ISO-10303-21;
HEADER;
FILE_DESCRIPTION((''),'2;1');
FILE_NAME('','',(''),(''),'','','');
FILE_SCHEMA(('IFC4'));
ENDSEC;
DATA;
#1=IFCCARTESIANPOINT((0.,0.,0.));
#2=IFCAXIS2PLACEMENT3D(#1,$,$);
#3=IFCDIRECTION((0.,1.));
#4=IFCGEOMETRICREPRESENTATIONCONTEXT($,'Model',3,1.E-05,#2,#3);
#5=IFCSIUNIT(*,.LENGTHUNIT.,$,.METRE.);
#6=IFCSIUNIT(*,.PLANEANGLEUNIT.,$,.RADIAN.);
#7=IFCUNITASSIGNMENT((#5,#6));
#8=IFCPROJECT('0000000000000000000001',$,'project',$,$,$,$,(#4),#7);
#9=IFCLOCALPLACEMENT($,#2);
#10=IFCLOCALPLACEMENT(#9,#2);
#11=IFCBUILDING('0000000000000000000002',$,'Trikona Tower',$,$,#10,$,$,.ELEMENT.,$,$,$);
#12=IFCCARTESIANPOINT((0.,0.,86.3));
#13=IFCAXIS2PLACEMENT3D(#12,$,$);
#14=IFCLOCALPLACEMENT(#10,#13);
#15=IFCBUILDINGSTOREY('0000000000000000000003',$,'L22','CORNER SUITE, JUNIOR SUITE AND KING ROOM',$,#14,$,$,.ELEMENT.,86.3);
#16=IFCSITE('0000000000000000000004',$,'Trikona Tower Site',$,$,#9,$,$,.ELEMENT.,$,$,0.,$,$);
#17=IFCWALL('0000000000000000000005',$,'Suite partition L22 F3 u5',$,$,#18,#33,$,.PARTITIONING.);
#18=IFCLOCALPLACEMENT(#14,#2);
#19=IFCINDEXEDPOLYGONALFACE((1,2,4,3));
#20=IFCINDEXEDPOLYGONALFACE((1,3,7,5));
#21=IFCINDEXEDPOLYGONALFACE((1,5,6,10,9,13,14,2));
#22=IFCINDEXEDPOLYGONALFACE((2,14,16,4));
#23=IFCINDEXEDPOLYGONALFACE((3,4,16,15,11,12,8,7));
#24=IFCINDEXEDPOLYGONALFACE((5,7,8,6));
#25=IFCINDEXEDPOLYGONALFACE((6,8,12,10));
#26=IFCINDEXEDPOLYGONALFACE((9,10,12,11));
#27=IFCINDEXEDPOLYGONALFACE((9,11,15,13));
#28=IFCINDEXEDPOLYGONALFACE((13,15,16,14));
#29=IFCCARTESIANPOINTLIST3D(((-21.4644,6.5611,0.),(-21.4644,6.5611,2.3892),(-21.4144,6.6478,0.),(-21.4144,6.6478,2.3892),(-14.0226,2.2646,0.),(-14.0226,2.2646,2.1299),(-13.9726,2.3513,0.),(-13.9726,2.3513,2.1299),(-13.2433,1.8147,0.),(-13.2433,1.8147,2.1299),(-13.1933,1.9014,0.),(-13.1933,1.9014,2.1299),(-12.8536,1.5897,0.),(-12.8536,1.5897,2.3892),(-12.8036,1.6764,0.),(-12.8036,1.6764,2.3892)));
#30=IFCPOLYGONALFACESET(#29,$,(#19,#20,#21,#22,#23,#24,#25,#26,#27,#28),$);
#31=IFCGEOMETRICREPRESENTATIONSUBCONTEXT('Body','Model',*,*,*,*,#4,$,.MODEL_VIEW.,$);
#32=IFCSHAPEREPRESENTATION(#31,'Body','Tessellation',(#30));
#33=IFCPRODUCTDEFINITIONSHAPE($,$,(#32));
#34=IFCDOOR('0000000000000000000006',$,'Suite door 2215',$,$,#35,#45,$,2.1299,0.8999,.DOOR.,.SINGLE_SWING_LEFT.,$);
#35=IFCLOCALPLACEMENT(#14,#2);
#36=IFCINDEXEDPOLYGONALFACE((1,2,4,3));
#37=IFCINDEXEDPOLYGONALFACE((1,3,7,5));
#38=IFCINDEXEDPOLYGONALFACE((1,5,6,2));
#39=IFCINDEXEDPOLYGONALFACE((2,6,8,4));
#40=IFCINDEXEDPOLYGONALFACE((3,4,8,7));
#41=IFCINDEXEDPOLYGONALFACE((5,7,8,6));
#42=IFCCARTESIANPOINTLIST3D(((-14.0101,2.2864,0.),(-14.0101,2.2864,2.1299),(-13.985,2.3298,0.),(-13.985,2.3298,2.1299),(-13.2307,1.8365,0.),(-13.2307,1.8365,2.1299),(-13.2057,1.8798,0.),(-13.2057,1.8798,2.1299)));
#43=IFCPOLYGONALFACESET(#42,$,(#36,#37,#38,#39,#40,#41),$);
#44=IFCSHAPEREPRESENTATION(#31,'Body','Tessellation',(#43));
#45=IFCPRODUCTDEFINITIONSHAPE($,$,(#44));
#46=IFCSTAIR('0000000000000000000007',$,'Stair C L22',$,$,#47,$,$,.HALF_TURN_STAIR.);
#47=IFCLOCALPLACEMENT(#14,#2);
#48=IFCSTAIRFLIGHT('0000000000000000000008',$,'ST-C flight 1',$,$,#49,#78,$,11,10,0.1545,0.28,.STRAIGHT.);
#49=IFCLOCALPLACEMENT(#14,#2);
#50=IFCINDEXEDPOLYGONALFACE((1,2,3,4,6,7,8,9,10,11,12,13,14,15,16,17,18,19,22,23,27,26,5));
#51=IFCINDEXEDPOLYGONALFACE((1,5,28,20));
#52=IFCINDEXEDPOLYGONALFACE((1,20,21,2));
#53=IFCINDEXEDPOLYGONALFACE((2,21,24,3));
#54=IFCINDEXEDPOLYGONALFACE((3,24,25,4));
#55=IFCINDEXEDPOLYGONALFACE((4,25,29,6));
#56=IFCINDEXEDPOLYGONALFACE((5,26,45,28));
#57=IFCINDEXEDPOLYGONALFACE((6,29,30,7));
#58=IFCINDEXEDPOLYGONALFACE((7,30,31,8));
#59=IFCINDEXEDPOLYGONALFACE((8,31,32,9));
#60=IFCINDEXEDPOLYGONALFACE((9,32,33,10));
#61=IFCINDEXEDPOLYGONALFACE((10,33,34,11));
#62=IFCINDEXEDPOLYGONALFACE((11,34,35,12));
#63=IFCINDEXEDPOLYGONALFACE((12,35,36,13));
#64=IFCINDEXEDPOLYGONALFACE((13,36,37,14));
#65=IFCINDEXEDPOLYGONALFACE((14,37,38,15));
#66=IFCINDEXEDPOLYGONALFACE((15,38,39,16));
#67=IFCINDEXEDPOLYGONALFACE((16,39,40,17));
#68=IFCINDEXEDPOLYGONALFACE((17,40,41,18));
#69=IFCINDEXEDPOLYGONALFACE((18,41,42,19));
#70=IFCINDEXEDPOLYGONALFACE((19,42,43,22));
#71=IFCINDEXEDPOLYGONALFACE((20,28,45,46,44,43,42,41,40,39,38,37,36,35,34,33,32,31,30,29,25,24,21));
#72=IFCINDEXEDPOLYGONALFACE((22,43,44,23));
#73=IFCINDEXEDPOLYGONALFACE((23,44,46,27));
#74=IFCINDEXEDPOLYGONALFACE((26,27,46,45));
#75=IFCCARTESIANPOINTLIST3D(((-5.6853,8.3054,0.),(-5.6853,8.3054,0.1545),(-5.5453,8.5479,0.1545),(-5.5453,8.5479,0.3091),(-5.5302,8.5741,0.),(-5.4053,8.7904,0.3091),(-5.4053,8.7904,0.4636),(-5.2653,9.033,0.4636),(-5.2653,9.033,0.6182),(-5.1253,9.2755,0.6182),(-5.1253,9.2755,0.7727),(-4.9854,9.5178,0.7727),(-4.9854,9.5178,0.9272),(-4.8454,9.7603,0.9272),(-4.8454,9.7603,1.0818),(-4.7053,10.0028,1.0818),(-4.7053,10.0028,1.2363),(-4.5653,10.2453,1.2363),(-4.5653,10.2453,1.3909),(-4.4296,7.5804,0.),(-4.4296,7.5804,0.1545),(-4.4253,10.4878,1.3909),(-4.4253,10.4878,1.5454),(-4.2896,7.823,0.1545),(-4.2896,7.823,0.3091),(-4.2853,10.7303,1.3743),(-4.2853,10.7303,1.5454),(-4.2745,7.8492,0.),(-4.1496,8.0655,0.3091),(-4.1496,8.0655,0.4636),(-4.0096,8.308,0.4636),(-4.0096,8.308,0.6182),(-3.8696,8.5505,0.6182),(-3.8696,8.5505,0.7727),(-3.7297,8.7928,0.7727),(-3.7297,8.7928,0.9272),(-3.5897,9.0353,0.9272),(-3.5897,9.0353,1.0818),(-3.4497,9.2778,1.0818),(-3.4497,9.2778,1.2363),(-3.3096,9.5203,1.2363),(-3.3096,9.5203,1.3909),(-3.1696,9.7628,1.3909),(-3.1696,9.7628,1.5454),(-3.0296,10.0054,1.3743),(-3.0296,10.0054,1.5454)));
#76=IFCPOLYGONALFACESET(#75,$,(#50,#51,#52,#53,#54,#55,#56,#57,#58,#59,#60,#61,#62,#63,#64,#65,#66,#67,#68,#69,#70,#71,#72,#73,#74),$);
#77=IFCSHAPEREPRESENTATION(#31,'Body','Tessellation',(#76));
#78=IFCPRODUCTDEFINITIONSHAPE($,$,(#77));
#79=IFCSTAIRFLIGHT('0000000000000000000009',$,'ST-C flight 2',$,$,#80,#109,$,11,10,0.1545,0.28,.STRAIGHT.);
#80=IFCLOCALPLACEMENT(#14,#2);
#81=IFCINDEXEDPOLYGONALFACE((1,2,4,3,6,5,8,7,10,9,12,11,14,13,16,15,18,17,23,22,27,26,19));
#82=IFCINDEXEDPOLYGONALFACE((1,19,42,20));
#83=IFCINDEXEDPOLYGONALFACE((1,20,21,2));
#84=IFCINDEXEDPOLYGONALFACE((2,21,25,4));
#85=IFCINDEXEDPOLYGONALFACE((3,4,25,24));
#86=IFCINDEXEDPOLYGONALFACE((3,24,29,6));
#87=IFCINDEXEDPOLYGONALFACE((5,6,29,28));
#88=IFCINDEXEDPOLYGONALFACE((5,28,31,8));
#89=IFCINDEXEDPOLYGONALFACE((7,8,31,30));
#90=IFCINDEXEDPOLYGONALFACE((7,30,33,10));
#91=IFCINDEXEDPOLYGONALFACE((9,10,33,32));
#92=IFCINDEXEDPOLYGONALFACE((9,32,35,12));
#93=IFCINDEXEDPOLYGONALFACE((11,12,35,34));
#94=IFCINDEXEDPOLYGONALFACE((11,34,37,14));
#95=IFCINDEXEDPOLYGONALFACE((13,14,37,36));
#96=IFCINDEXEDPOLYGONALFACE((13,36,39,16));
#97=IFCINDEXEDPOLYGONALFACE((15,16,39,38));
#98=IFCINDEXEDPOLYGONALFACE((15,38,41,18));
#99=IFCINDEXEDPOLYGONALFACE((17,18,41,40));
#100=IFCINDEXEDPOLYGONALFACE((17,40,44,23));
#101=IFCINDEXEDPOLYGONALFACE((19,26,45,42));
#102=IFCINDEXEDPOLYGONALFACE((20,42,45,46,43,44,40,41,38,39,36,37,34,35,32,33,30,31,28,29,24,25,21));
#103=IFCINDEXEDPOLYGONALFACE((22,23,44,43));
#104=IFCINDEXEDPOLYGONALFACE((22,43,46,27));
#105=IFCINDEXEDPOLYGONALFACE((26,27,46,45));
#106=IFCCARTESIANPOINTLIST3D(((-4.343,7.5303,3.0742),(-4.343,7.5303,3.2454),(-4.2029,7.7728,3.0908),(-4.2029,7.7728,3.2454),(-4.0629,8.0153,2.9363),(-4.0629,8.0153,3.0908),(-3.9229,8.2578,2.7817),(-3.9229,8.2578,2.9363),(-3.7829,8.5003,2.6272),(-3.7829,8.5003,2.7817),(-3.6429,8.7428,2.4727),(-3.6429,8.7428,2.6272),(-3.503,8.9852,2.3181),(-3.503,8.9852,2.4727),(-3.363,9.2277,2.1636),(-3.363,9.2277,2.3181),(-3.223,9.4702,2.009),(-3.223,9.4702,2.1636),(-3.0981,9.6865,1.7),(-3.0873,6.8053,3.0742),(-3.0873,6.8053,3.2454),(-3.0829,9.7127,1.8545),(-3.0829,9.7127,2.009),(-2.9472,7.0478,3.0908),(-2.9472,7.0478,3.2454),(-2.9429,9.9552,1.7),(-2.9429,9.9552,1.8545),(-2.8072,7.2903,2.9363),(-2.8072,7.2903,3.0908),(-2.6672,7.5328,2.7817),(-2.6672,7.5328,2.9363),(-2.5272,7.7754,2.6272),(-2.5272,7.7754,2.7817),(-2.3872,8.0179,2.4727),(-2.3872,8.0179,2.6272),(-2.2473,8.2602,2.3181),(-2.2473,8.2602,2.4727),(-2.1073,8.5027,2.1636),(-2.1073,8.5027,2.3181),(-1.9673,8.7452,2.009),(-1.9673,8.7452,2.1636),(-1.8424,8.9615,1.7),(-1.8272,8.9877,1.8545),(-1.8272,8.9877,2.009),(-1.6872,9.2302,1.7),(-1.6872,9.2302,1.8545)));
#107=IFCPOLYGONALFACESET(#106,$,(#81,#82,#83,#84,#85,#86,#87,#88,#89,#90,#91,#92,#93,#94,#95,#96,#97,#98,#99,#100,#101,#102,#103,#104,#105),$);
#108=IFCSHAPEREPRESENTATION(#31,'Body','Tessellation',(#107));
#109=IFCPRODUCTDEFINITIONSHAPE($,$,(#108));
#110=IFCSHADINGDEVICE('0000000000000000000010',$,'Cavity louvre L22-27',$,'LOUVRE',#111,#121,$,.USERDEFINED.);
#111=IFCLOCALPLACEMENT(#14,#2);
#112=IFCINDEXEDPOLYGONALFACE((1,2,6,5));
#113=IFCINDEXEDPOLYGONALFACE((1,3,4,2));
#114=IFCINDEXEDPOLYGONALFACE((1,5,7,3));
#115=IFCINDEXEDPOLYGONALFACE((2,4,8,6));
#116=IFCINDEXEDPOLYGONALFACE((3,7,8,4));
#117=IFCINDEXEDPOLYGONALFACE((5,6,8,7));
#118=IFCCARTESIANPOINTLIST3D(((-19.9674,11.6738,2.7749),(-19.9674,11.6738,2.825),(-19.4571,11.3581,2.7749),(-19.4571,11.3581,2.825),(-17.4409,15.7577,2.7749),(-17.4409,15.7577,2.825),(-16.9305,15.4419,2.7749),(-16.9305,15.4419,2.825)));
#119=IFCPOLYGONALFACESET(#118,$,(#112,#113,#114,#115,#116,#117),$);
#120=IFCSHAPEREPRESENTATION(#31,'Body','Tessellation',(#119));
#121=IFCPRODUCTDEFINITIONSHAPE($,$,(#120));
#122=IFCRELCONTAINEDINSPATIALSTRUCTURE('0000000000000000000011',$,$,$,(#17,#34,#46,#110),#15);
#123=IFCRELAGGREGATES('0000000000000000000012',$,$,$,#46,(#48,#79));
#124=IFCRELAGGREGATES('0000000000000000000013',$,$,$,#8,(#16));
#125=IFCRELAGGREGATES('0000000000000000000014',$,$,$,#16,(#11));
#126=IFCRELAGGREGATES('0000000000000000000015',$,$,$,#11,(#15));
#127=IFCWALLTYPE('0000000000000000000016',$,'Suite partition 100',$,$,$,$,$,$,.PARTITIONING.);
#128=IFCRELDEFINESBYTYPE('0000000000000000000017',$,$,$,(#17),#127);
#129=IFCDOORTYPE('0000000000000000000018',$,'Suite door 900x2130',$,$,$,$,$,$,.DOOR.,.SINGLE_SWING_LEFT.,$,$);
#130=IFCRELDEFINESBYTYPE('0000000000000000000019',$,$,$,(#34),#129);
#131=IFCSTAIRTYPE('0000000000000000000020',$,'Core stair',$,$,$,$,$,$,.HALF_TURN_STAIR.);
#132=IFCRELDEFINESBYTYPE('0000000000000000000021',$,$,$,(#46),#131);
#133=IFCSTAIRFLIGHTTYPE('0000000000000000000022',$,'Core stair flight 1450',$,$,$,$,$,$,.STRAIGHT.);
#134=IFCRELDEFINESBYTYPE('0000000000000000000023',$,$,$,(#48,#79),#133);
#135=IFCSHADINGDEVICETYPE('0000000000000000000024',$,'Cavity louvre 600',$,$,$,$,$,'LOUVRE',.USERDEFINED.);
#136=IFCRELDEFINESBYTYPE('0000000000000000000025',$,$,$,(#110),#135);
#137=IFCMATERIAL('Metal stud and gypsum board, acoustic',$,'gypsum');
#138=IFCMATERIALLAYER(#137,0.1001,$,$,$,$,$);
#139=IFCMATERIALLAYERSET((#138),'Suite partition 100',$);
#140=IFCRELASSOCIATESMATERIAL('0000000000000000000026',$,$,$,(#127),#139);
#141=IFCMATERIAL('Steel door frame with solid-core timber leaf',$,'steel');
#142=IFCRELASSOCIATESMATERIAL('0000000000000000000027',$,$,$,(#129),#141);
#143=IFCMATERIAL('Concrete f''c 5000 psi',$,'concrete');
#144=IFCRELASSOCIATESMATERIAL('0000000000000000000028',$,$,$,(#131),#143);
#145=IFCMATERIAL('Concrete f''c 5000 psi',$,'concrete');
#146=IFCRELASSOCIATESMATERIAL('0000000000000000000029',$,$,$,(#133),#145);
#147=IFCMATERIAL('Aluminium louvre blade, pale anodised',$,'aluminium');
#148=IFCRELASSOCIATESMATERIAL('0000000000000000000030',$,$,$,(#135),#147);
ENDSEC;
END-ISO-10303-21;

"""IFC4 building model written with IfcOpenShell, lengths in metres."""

from ifc_helpers import new_model, si_unit, direction, frame, frame_2d, origin, origin_2d, place, context, subcontext, project, spatial, polyline, rectangle, outline, extrude, material, layer, layer_set, type_object, element, fill, aggregate, save


model = new_model("IFC4")

# Units and contexts
model_context = context("Model", 3, precision=1e-05, world=origin(), true_north=direction((0.0, 1.0)))
body_context = subcontext(model_context, "Body", "Model", "MODEL_VIEW")
ifc_project = project(units=[si_unit("LENGTHUNIT", "METRE"), si_unit("PLANEANGLEUNIT", "RADIAN")], contexts=[model_context])

# Site, building, storey
site_placement = place(None, origin())
site = spatial("IfcSite", under=ifc_project, at=site_placement, Name="Trikona Tower Site", CompositionType="ELEMENT", RefElevation=0.0)
building_placement = place(site_placement, origin())
building = spatial("IfcBuilding", under=site, at=building_placement, Name="Trikona Tower", CompositionType="ELEMENT")
storey_placement = place(building_placement, frame((0.0, 0.0, 86.3)))
storey = spatial("IfcBuildingStorey", under=building, at=storey_placement, Name="L22", Description="CORNER SUITE, JUNIOR SUITE AND KING ROOM", CompositionType="ELEMENT", Elevation=86.3)

# Wall, opening, door
ifc_material_1 = material(Name="Metal stud and gypsum board, acoustic", Category="gypsum")
ifc_layer_1 = layer(ifc_material_1, 0.1001)
ifc_layer_set_1 = layer_set([ifc_layer_1], Name="Suite partition 100")
wall_type_1 = type_object("IfcWallType", Name="Suite partition 100", PredefinedType="PARTITIONING", material=ifc_layer_set_1)
ifc_material_2 = material(Name="Steel door frame with solid-core timber leaf", Category="steel")
door_type_1 = type_object("IfcDoorType", Name="Suite door 900x2130", OperationType="SINGLE_SWING_LEFT", PredefinedType="DOOR", material=ifc_material_2)
wall_1_placement = place(storey_placement, frame((-12.8286, 1.6331, 0.0), z_axis=(0.0, 0.0, 1.0), x_axis=(-0.866027, 0.499997, 0.0)))
wall_1 = element("IfcWall", 1, at=wall_1_placement, inside=storey, type_object=wall_type_1, Name="Suite partition L22 F3 u5", PredefinedType="PARTITIONING", context=body_context, shape_type="SweptSolid", body=[
    extrude(rectangle(XDim=9.9429, YDim=0.1001, at=frame_2d((4.9714, 0.0))), origin(), (0.0, 0.0, 1.0), 2.3892),
])
opening_1_placement = place(wall_1_placement, frame((0.45, 0.0, 0.0)))
opening_1 = element("IfcOpeningElement", 2, at=opening_1_placement, cuts=wall_1, PredefinedType="OPENING", context=body_context, shape_type="SweptSolid", body=[
    extrude(rectangle(XDim=0.8999, YDim=2.1299, at=frame_2d((0.45, 1.0649))), frame((0.0, 0.0601, 0.0), z_axis=(0.0, -1.0, 0.0), x_axis=(1.0, 0.0, 0.0)), (0.0, 0.0, 1.0), 0.1201),
])
door_1_placement = place(opening_1_placement, origin())
door_1 = element("IfcDoor", 3, at=door_1_placement, inside=storey, type_object=door_type_1, Name="Suite door 2215", OperationType="SINGLE_SWING_LEFT", OverallHeight=2.1299, OverallWidth=0.8999, PredefinedType="DOOR", context=body_context, shape_type="SweptSolid", body=[
    extrude(rectangle(XDim=0.8999, YDim=2.1299, at=frame_2d((0.45, 1.0649))), frame((0.0, 0.0249, 0.0), z_axis=(0.0, -1.0, 0.0), x_axis=(1.0, 0.0, 0.0)), (0.0, 0.0, 1.0), 0.05),
])
fill(opening_1, door_1)

# Stair, stair flights
ifc_material_3 = material(Name="Concrete f'c 5000 psi", Category="concrete")
stair_type = type_object("IfcStairType", Name="Core stair", PredefinedType="HALF_TURN_STAIR", material=ifc_material_3)
stair_placement = place(storey_placement, origin())
stair = element("IfcStair", 4, at=stair_placement, inside=storey, type_object=stair_type, Name="Stair C L22", PredefinedType="HALF_TURN_STAIR")
ifc_material_4 = material(Name="Concrete f'c 5000 psi", Category="concrete")
stair_flight_type = type_object("IfcStairFlightType", Name="Core stair flight 1450", PredefinedType="STRAIGHT", material=ifc_material_4)
stair_flight_1_placement = place(storey_placement, frame((-5.0574, 7.9429, 0.0), z_axis=(0.0, 0.0, 1.0), x_axis=(0.5, 0.866025, 0.0)))
stair_flight_1 = element("IfcStairFlight", 5, at=stair_flight_1_placement, type_object=stair_flight_type, Name="ST-C flight 1", NumberOfRisers=11, NumberOfTreads=10, PredefinedType="STRAIGHT", RiserHeight=0.1545, TreadLength=0.28, context=body_context, shape_type="SweptSolid", body=[
    extrude(outline(polyline([(0.0, 0.0), (0.0, 0.1545), (0.28, 0.1545), (0.28, 0.3091), (0.5601, 0.3091), (0.5601, 0.4636), (0.8401, 0.4636), (0.8401, 0.6182), (1.1201, 0.6182), (1.1201, 0.7727), (1.3999, 0.7727), (1.3999, 0.9272), (1.6799, 0.9272), (1.6799, 1.0818), (1.96, 1.0818), (1.96, 1.2363), (2.24, 1.2363), (2.24, 1.3909), (2.52, 1.3909), (2.52, 1.5454), (2.8, 1.5454), (2.8, 1.7), (2.8, 1.3743), (0.3103, 0.0), (0.0, 0.0)])), frame((0.0, 0.7251, 0.0), z_axis=(0.0, -1.0, 0.0), x_axis=(1.0, 0.0, 0.0)), (0.0, 0.0, 1.0), 1.45),
])
stair_flight_2_placement = place(storey_placement, frame((-2.3152, 9.5928, 1.7), z_axis=(0.0, 0.0, 1.0), x_axis=(-0.5, -0.866025, 0.0)))
stair_flight_2 = element("IfcStairFlight", 6, at=stair_flight_2_placement, type_object=stair_flight_type, Name="ST-C flight 2", NumberOfRisers=11, NumberOfTreads=10, PredefinedType="STRAIGHT", RiserHeight=0.1545, TreadLength=0.28, context=body_context, shape_type="SweptSolid", body=[
    extrude(outline(polyline([(0.0, 0.0), (0.0, 0.1545), (0.28, 0.1545), (0.28, 0.3091), (0.5601, 0.3091), (0.5601, 0.4636), (0.8401, 0.4636), (0.8401, 0.6182), (1.1201, 0.6182), (1.1201, 0.7727), (1.3999, 0.7727), (1.3999, 0.9272), (1.6799, 0.9272), (1.6799, 1.0818), (1.96, 1.0818), (1.96, 1.2363), (2.24, 1.2363), (2.24, 1.3909), (2.52, 1.3909), (2.52, 1.5454), (2.8, 1.5454), (2.8, 1.7), (2.8, 1.3743), (0.3103, 0.0), (0.0, 0.0)])), frame((0.0, 0.7251, 0.0), z_axis=(0.0, -1.0, 0.0), x_axis=(1.0, 0.0, 0.0)), (0.0, 0.0, 1.0), 1.45),
])
aggregate(stair, [stair_flight_1, stair_flight_2])

# Shading device
ifc_material_5 = material(Name="Aluminium louvre blade, pale anodised", Category="aluminium")
shading_device_type = type_object("IfcShadingDeviceType", Name="Cavity louvre 600", ElementType="LOUVRE", PredefinedType="USERDEFINED", material=ifc_material_5)
shading_device_placement = place(storey_placement, frame((-18.449, 13.5579, 2.7749), z_axis=(0.0, 0.0, 1.0), x_axis=(-0.526119, -0.850411, 0.0)))
element("IfcShadingDevice", 7, at=shading_device_placement, inside=storey, type_object=shading_device_type, Name="Cavity louvre L22-27", ObjectType="LOUVRE", PredefinedType="USERDEFINED", context=body_context, shape_type="SweptSolid", body=[
    extrude(rectangle(XDim=4.8022, YDim=0.6001, at=origin_2d()), origin(), (0.0, 0.0, 1.0), 0.05),
])

save(model, "model.ifc")
